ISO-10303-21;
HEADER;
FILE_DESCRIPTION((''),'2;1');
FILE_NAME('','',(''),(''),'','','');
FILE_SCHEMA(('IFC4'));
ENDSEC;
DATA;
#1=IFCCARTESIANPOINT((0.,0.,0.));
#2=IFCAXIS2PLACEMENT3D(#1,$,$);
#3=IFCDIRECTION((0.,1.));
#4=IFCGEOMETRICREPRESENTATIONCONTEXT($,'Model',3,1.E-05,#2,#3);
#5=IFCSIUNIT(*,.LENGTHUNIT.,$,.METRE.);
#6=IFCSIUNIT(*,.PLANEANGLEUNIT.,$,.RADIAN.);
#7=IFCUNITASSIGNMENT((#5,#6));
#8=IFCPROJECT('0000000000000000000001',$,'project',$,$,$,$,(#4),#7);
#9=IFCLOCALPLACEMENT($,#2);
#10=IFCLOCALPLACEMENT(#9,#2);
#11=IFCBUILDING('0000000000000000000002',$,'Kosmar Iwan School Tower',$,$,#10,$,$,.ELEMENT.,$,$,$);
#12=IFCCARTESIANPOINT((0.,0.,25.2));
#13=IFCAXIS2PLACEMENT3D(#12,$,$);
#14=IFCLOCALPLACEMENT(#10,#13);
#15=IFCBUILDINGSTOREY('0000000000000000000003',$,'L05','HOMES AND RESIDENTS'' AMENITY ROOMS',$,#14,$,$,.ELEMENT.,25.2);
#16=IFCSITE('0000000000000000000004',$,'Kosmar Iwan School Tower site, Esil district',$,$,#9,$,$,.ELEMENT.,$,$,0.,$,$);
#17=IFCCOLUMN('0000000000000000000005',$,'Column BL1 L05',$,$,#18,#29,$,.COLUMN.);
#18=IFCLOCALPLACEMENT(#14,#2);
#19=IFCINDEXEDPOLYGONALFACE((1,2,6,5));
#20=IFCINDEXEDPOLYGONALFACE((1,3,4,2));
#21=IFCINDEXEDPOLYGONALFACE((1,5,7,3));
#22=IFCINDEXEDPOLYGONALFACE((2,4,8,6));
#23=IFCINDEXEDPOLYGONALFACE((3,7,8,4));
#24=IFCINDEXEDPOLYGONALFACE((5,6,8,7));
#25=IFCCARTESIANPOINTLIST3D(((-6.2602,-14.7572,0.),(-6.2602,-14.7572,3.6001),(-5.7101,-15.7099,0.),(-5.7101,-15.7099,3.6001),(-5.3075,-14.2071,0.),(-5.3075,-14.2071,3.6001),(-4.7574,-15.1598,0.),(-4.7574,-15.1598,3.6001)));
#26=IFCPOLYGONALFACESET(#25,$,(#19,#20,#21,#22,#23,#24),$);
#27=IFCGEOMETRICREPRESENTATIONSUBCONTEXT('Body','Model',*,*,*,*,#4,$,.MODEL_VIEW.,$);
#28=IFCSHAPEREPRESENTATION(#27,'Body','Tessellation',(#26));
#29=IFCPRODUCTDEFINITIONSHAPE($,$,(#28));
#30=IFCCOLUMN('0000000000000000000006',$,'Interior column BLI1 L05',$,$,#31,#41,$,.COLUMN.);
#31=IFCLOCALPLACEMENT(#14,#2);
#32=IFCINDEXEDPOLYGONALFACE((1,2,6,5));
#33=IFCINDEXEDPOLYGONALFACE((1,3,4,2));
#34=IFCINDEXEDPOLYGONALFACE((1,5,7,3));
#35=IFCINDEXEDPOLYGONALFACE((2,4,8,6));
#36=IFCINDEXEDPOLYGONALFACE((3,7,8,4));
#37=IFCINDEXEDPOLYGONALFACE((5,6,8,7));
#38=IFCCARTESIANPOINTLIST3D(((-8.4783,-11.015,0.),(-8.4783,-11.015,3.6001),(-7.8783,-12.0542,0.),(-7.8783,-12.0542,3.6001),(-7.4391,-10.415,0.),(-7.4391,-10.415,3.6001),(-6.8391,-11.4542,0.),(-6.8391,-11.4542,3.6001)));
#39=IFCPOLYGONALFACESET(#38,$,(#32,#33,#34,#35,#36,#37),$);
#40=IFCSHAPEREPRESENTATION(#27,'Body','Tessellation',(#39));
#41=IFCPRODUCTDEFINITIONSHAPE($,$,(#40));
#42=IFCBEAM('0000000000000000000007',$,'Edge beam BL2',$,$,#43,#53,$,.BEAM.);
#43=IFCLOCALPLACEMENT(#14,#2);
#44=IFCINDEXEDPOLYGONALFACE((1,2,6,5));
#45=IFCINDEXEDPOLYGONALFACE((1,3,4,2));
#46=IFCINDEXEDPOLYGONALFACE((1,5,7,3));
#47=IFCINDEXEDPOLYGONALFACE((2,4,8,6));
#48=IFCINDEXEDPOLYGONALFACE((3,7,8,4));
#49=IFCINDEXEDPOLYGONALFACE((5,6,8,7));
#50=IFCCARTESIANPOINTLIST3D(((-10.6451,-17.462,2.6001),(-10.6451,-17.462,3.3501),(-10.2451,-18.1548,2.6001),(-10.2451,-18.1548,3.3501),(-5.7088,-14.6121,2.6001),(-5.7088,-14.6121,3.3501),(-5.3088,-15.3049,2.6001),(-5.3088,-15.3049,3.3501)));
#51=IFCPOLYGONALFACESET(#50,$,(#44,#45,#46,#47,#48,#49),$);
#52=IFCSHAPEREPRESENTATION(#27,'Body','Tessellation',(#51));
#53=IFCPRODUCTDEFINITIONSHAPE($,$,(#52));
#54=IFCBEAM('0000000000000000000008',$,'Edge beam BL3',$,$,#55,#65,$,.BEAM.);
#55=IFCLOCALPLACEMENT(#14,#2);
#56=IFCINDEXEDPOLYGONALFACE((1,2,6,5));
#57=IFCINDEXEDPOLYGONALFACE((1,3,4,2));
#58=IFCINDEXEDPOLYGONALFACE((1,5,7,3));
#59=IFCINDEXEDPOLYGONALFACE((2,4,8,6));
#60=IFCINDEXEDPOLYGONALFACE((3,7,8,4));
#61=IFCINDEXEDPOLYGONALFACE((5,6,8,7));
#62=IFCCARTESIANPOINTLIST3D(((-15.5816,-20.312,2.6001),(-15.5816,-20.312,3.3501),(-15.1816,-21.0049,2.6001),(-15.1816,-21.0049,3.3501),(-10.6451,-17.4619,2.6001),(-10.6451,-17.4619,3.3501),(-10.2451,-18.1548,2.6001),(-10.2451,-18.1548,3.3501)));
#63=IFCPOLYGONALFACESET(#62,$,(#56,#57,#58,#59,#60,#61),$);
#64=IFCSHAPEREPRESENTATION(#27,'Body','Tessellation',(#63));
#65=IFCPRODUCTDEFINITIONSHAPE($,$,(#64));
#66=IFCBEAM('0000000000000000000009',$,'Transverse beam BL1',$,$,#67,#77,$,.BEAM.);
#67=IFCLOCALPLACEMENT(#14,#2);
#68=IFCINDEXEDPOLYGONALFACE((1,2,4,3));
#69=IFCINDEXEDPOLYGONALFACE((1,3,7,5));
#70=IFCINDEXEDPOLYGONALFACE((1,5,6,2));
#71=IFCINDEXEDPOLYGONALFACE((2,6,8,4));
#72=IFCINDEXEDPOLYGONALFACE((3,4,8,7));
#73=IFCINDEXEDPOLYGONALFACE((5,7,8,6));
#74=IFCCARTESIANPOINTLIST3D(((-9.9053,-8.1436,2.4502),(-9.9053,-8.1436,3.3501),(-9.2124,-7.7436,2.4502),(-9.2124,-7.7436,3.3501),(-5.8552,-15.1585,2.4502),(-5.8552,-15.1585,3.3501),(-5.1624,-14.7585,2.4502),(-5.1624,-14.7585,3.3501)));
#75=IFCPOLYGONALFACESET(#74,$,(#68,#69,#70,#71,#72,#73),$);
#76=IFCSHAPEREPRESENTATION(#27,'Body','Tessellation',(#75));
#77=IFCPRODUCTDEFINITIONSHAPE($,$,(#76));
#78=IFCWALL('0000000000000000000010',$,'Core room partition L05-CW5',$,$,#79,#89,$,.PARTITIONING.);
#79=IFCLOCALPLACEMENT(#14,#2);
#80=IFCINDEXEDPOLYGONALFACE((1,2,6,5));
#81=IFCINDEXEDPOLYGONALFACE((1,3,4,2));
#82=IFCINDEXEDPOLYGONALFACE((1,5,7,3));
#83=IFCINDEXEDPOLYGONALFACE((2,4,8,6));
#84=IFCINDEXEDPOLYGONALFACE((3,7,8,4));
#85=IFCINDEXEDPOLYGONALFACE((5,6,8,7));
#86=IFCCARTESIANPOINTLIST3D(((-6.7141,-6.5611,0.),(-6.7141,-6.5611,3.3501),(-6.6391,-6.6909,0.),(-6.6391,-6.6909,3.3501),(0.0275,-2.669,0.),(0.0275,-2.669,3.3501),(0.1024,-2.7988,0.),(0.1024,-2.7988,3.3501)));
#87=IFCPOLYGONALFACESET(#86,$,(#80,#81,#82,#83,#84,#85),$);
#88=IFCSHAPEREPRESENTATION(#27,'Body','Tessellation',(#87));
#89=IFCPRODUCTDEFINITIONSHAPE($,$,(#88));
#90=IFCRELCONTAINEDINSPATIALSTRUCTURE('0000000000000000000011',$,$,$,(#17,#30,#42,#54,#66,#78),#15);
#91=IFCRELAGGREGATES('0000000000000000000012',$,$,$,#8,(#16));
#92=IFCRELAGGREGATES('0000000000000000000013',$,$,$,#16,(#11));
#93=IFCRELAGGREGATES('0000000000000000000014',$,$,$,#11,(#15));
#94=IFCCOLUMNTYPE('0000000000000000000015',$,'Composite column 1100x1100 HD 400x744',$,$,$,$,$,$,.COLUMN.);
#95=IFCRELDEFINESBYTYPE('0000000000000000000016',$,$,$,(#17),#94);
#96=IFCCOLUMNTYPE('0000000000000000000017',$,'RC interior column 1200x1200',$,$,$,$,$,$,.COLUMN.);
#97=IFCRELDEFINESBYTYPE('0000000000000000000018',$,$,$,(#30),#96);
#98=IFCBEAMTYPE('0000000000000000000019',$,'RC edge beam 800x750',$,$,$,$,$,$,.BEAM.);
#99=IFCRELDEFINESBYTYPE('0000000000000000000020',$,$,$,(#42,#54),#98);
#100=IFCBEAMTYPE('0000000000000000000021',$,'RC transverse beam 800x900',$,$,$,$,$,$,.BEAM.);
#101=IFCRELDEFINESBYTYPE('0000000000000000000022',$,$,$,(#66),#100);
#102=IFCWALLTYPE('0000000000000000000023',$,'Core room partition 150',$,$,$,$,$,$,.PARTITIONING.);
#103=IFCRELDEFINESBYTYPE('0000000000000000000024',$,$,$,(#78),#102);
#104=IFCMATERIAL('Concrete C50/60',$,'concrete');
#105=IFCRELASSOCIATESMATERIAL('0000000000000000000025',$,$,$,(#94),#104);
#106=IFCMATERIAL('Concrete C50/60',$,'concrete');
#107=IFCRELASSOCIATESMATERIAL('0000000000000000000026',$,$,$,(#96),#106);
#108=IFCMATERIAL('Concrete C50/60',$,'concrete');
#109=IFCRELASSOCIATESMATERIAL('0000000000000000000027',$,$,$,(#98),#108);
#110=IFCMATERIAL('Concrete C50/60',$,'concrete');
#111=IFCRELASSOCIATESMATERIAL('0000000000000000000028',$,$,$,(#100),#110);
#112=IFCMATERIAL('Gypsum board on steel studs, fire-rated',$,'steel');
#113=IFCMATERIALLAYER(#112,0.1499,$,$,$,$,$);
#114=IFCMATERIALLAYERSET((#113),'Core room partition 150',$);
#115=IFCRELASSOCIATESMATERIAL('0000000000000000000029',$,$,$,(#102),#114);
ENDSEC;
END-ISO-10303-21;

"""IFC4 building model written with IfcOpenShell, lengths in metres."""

from ifc_helpers import new_model, si_unit, direction, frame, frame_2d, origin, origin_2d, place, context, subcontext, project, spatial, rectangle, extrude, material, layer, layer_set, material_profile, profile_set, type_object, element, save


model = new_model("IFC4")

# Units and contexts
model_context = context("Model", 3, precision=1e-05, world=origin(), true_north=direction((0.0, 1.0)))
body_context = subcontext(model_context, "Body", "Model", "MODEL_VIEW")
ifc_project = project(units=[si_unit("LENGTHUNIT", "METRE"), si_unit("PLANEANGLEUNIT", "RADIAN")], contexts=[model_context])

# Site, building, storey
site_placement = place(None, origin())
site = spatial("IfcSite", under=ifc_project, at=site_placement, Name="Kosmar Iwan School Tower site, Esil district", CompositionType="ELEMENT", RefElevation=0.0)
building_placement = place(site_placement, origin())
building = spatial("IfcBuilding", under=site, at=building_placement, Name="Kosmar Iwan School Tower", CompositionType="ELEMENT")
storey_placement = place(building_placement, frame((0.0, 0.0, 25.2)))
storey = spatial("IfcBuildingStorey", under=building, at=storey_placement, Name="L05", Description="HOMES AND RESIDENTS' AMENITY ROOMS", CompositionType="ELEMENT", Elevation=25.2)

# Columns
ifc_material_1 = material(Name="Concrete C50/60", Category="concrete")
ifc_material_profile_1 = material_profile(ifc_material_1, rectangle(XDim=1.1001, YDim=1.1001, at=origin_2d()), Name="RC 1100x1100 + HD 400x744")
ifc_profile_set_1 = profile_set([ifc_material_profile_1], Name="Concrete C50/60")
column_type_1 = type_object("IfcColumnType", Name="Composite column 1100x1100 HD 400x744", PredefinedType="COLUMN", material=ifc_profile_set_1)
column_1_placement = place(storey_placement, frame((-5.5088, -14.9585, 0.0), z_axis=(0.0, 0.0, 1.0), x_axis=(-0.866025, -0.5, 0.0)))
element("IfcColumn", 1, at=column_1_placement, inside=storey, type_object=column_type_1, Name="Column BL1 L05", PredefinedType="COLUMN", context=body_context, shape_type="SweptSolid", body=[
    extrude(rectangle(XDim=1.1001, YDim=1.1001, at=origin_2d()), origin(), (0.0, 0.0, 1.0), 3.6001),
])
ifc_material_2 = material(Name="Concrete C50/60", Category="concrete")
ifc_material_profile_2 = material_profile(ifc_material_2, rectangle(XDim=1.2, YDim=1.2, at=origin_2d()), Name="RC 1200x1200")
ifc_profile_set_2 = profile_set([ifc_material_profile_2], Name="Concrete C50/60")
column_type_2 = type_object("IfcColumnType", Name="RC interior column 1200x1200", PredefinedType="COLUMN", material=ifc_profile_set_2)
column_2_placement = place(storey_placement, frame((-7.6587, -11.2346, 0.0), z_axis=(0.0, 0.0, 1.0), x_axis=(-0.866025, -0.5, 0.0)))
element("IfcColumn", 2, at=column_2_placement, inside=storey, type_object=column_type_2, Name="Interior column BLI1 L05", PredefinedType="COLUMN", context=body_context, shape_type="SweptSolid", body=[
    extrude(rectangle(XDim=1.2, YDim=1.2, at=origin_2d()), origin(), (0.0, 0.0, 1.0), 3.6001),
])

# Beams
ifc_material_3 = material(Name="Concrete C50/60", Category="concrete")
ifc_material_profile_3 = material_profile(ifc_material_3, rectangle(XDim=0.8, YDim=0.75, at=origin_2d()), Name="RC 800x750")
ifc_profile_set_3 = profile_set([ifc_material_profile_3], Name="Concrete C50/60")
beam_type_1 = type_object("IfcBeamType", Name="RC edge beam 800x750", PredefinedType="BEAM", material=ifc_profile_set_3)
beam_1_placement = place(storey_placement, frame((-5.5088, -14.9585, 2.9751), z_axis=(-0.866034, -0.499986, 0.0), x_axis=(0.499986, -0.866034, 0.0)))
element("IfcBeam", 3, at=beam_1_placement, inside=storey, type_object=beam_type_1, Name="Edge beam BL2", PredefinedType="BEAM", context=body_context, shape_type="SweptSolid", body=[
    extrude(rectangle(XDim=0.8, YDim=0.75, at=origin_2d()), origin(), (0.0, 0.0, 1.0), 5.7),
])
beam_2_placement = place(storey_placement, frame((-10.4451, -17.8083, 2.9751), z_axis=(-0.866026, -0.499999, 0.0), x_axis=(0.499999, -0.866026, 0.0)))
element("IfcBeam", 4, at=beam_2_placement, inside=storey, type_object=beam_type_1, Name="Edge beam BL3", PredefinedType="BEAM", context=body_context, shape_type="SweptSolid", body=[
    extrude(rectangle(XDim=0.8, YDim=0.75, at=origin_2d()), origin(), (0.0, 0.0, 1.0), 5.7002),
])
ifc_material_4 = material(Name="Concrete C50/60", Category="concrete")
ifc_material_profile_4 = material_profile(ifc_material_4, rectangle(XDim=0.8, YDim=0.8999, at=origin_2d()), Name="RC 800x900")
ifc_profile_set_4 = profile_set([ifc_material_profile_4], Name="Concrete C50/60")
beam_type_2 = type_object("IfcBeamType", Name="RC transverse beam 800x900", PredefinedType="BEAM", material=ifc_profile_set_4)
beam_3_placement = place(storey_placement, frame((-5.5088, -14.9585, 2.9001), z_axis=(-0.5, 0.866025, 0.0), x_axis=(-0.866025, -0.5, 0.0)))
element("IfcBeam", 5, at=beam_3_placement, inside=storey, type_object=beam_type_2, Name="Transverse beam BL1", PredefinedType="BEAM", context=body_context, shape_type="SweptSolid", body=[
    extrude(rectangle(XDim=0.8, YDim=0.8999, at=origin_2d()), origin(), (0.0, 0.0, 1.0), 8.1001),
])

# Wall
ifc_material_5 = material(Name="Gypsum board on steel studs, fire-rated", Category="steel")
ifc_layer_1 = layer(ifc_material_5, 0.1499)
ifc_layer_set_1 = layer_set([ifc_layer_1], Name="Core room partition 150")
wall_type_1 = type_object("IfcWallType", Name="Core room partition 150", PredefinedType="PARTITIONING", material=ifc_layer_set_1)
wall_1_placement = place(storey_placement, frame((-6.6765, -6.626, 0.0), z_axis=(0.0, 0.0, 1.0), x_axis=(0.86603, 0.499991, 0.0)))
element("IfcWall", 6, at=wall_1_placement, inside=storey, type_object=wall_type_1, Name="Core room partition L05-CW5", PredefinedType="PARTITIONING", context=body_context, shape_type="SweptSolid", body=[
    extrude(rectangle(XDim=7.7844, YDim=0.1499, at=frame_2d((3.8921, 0.0))), origin(), (0.0, 0.0, 1.0), 3.3501),
])

save(model, "model.ifc")
